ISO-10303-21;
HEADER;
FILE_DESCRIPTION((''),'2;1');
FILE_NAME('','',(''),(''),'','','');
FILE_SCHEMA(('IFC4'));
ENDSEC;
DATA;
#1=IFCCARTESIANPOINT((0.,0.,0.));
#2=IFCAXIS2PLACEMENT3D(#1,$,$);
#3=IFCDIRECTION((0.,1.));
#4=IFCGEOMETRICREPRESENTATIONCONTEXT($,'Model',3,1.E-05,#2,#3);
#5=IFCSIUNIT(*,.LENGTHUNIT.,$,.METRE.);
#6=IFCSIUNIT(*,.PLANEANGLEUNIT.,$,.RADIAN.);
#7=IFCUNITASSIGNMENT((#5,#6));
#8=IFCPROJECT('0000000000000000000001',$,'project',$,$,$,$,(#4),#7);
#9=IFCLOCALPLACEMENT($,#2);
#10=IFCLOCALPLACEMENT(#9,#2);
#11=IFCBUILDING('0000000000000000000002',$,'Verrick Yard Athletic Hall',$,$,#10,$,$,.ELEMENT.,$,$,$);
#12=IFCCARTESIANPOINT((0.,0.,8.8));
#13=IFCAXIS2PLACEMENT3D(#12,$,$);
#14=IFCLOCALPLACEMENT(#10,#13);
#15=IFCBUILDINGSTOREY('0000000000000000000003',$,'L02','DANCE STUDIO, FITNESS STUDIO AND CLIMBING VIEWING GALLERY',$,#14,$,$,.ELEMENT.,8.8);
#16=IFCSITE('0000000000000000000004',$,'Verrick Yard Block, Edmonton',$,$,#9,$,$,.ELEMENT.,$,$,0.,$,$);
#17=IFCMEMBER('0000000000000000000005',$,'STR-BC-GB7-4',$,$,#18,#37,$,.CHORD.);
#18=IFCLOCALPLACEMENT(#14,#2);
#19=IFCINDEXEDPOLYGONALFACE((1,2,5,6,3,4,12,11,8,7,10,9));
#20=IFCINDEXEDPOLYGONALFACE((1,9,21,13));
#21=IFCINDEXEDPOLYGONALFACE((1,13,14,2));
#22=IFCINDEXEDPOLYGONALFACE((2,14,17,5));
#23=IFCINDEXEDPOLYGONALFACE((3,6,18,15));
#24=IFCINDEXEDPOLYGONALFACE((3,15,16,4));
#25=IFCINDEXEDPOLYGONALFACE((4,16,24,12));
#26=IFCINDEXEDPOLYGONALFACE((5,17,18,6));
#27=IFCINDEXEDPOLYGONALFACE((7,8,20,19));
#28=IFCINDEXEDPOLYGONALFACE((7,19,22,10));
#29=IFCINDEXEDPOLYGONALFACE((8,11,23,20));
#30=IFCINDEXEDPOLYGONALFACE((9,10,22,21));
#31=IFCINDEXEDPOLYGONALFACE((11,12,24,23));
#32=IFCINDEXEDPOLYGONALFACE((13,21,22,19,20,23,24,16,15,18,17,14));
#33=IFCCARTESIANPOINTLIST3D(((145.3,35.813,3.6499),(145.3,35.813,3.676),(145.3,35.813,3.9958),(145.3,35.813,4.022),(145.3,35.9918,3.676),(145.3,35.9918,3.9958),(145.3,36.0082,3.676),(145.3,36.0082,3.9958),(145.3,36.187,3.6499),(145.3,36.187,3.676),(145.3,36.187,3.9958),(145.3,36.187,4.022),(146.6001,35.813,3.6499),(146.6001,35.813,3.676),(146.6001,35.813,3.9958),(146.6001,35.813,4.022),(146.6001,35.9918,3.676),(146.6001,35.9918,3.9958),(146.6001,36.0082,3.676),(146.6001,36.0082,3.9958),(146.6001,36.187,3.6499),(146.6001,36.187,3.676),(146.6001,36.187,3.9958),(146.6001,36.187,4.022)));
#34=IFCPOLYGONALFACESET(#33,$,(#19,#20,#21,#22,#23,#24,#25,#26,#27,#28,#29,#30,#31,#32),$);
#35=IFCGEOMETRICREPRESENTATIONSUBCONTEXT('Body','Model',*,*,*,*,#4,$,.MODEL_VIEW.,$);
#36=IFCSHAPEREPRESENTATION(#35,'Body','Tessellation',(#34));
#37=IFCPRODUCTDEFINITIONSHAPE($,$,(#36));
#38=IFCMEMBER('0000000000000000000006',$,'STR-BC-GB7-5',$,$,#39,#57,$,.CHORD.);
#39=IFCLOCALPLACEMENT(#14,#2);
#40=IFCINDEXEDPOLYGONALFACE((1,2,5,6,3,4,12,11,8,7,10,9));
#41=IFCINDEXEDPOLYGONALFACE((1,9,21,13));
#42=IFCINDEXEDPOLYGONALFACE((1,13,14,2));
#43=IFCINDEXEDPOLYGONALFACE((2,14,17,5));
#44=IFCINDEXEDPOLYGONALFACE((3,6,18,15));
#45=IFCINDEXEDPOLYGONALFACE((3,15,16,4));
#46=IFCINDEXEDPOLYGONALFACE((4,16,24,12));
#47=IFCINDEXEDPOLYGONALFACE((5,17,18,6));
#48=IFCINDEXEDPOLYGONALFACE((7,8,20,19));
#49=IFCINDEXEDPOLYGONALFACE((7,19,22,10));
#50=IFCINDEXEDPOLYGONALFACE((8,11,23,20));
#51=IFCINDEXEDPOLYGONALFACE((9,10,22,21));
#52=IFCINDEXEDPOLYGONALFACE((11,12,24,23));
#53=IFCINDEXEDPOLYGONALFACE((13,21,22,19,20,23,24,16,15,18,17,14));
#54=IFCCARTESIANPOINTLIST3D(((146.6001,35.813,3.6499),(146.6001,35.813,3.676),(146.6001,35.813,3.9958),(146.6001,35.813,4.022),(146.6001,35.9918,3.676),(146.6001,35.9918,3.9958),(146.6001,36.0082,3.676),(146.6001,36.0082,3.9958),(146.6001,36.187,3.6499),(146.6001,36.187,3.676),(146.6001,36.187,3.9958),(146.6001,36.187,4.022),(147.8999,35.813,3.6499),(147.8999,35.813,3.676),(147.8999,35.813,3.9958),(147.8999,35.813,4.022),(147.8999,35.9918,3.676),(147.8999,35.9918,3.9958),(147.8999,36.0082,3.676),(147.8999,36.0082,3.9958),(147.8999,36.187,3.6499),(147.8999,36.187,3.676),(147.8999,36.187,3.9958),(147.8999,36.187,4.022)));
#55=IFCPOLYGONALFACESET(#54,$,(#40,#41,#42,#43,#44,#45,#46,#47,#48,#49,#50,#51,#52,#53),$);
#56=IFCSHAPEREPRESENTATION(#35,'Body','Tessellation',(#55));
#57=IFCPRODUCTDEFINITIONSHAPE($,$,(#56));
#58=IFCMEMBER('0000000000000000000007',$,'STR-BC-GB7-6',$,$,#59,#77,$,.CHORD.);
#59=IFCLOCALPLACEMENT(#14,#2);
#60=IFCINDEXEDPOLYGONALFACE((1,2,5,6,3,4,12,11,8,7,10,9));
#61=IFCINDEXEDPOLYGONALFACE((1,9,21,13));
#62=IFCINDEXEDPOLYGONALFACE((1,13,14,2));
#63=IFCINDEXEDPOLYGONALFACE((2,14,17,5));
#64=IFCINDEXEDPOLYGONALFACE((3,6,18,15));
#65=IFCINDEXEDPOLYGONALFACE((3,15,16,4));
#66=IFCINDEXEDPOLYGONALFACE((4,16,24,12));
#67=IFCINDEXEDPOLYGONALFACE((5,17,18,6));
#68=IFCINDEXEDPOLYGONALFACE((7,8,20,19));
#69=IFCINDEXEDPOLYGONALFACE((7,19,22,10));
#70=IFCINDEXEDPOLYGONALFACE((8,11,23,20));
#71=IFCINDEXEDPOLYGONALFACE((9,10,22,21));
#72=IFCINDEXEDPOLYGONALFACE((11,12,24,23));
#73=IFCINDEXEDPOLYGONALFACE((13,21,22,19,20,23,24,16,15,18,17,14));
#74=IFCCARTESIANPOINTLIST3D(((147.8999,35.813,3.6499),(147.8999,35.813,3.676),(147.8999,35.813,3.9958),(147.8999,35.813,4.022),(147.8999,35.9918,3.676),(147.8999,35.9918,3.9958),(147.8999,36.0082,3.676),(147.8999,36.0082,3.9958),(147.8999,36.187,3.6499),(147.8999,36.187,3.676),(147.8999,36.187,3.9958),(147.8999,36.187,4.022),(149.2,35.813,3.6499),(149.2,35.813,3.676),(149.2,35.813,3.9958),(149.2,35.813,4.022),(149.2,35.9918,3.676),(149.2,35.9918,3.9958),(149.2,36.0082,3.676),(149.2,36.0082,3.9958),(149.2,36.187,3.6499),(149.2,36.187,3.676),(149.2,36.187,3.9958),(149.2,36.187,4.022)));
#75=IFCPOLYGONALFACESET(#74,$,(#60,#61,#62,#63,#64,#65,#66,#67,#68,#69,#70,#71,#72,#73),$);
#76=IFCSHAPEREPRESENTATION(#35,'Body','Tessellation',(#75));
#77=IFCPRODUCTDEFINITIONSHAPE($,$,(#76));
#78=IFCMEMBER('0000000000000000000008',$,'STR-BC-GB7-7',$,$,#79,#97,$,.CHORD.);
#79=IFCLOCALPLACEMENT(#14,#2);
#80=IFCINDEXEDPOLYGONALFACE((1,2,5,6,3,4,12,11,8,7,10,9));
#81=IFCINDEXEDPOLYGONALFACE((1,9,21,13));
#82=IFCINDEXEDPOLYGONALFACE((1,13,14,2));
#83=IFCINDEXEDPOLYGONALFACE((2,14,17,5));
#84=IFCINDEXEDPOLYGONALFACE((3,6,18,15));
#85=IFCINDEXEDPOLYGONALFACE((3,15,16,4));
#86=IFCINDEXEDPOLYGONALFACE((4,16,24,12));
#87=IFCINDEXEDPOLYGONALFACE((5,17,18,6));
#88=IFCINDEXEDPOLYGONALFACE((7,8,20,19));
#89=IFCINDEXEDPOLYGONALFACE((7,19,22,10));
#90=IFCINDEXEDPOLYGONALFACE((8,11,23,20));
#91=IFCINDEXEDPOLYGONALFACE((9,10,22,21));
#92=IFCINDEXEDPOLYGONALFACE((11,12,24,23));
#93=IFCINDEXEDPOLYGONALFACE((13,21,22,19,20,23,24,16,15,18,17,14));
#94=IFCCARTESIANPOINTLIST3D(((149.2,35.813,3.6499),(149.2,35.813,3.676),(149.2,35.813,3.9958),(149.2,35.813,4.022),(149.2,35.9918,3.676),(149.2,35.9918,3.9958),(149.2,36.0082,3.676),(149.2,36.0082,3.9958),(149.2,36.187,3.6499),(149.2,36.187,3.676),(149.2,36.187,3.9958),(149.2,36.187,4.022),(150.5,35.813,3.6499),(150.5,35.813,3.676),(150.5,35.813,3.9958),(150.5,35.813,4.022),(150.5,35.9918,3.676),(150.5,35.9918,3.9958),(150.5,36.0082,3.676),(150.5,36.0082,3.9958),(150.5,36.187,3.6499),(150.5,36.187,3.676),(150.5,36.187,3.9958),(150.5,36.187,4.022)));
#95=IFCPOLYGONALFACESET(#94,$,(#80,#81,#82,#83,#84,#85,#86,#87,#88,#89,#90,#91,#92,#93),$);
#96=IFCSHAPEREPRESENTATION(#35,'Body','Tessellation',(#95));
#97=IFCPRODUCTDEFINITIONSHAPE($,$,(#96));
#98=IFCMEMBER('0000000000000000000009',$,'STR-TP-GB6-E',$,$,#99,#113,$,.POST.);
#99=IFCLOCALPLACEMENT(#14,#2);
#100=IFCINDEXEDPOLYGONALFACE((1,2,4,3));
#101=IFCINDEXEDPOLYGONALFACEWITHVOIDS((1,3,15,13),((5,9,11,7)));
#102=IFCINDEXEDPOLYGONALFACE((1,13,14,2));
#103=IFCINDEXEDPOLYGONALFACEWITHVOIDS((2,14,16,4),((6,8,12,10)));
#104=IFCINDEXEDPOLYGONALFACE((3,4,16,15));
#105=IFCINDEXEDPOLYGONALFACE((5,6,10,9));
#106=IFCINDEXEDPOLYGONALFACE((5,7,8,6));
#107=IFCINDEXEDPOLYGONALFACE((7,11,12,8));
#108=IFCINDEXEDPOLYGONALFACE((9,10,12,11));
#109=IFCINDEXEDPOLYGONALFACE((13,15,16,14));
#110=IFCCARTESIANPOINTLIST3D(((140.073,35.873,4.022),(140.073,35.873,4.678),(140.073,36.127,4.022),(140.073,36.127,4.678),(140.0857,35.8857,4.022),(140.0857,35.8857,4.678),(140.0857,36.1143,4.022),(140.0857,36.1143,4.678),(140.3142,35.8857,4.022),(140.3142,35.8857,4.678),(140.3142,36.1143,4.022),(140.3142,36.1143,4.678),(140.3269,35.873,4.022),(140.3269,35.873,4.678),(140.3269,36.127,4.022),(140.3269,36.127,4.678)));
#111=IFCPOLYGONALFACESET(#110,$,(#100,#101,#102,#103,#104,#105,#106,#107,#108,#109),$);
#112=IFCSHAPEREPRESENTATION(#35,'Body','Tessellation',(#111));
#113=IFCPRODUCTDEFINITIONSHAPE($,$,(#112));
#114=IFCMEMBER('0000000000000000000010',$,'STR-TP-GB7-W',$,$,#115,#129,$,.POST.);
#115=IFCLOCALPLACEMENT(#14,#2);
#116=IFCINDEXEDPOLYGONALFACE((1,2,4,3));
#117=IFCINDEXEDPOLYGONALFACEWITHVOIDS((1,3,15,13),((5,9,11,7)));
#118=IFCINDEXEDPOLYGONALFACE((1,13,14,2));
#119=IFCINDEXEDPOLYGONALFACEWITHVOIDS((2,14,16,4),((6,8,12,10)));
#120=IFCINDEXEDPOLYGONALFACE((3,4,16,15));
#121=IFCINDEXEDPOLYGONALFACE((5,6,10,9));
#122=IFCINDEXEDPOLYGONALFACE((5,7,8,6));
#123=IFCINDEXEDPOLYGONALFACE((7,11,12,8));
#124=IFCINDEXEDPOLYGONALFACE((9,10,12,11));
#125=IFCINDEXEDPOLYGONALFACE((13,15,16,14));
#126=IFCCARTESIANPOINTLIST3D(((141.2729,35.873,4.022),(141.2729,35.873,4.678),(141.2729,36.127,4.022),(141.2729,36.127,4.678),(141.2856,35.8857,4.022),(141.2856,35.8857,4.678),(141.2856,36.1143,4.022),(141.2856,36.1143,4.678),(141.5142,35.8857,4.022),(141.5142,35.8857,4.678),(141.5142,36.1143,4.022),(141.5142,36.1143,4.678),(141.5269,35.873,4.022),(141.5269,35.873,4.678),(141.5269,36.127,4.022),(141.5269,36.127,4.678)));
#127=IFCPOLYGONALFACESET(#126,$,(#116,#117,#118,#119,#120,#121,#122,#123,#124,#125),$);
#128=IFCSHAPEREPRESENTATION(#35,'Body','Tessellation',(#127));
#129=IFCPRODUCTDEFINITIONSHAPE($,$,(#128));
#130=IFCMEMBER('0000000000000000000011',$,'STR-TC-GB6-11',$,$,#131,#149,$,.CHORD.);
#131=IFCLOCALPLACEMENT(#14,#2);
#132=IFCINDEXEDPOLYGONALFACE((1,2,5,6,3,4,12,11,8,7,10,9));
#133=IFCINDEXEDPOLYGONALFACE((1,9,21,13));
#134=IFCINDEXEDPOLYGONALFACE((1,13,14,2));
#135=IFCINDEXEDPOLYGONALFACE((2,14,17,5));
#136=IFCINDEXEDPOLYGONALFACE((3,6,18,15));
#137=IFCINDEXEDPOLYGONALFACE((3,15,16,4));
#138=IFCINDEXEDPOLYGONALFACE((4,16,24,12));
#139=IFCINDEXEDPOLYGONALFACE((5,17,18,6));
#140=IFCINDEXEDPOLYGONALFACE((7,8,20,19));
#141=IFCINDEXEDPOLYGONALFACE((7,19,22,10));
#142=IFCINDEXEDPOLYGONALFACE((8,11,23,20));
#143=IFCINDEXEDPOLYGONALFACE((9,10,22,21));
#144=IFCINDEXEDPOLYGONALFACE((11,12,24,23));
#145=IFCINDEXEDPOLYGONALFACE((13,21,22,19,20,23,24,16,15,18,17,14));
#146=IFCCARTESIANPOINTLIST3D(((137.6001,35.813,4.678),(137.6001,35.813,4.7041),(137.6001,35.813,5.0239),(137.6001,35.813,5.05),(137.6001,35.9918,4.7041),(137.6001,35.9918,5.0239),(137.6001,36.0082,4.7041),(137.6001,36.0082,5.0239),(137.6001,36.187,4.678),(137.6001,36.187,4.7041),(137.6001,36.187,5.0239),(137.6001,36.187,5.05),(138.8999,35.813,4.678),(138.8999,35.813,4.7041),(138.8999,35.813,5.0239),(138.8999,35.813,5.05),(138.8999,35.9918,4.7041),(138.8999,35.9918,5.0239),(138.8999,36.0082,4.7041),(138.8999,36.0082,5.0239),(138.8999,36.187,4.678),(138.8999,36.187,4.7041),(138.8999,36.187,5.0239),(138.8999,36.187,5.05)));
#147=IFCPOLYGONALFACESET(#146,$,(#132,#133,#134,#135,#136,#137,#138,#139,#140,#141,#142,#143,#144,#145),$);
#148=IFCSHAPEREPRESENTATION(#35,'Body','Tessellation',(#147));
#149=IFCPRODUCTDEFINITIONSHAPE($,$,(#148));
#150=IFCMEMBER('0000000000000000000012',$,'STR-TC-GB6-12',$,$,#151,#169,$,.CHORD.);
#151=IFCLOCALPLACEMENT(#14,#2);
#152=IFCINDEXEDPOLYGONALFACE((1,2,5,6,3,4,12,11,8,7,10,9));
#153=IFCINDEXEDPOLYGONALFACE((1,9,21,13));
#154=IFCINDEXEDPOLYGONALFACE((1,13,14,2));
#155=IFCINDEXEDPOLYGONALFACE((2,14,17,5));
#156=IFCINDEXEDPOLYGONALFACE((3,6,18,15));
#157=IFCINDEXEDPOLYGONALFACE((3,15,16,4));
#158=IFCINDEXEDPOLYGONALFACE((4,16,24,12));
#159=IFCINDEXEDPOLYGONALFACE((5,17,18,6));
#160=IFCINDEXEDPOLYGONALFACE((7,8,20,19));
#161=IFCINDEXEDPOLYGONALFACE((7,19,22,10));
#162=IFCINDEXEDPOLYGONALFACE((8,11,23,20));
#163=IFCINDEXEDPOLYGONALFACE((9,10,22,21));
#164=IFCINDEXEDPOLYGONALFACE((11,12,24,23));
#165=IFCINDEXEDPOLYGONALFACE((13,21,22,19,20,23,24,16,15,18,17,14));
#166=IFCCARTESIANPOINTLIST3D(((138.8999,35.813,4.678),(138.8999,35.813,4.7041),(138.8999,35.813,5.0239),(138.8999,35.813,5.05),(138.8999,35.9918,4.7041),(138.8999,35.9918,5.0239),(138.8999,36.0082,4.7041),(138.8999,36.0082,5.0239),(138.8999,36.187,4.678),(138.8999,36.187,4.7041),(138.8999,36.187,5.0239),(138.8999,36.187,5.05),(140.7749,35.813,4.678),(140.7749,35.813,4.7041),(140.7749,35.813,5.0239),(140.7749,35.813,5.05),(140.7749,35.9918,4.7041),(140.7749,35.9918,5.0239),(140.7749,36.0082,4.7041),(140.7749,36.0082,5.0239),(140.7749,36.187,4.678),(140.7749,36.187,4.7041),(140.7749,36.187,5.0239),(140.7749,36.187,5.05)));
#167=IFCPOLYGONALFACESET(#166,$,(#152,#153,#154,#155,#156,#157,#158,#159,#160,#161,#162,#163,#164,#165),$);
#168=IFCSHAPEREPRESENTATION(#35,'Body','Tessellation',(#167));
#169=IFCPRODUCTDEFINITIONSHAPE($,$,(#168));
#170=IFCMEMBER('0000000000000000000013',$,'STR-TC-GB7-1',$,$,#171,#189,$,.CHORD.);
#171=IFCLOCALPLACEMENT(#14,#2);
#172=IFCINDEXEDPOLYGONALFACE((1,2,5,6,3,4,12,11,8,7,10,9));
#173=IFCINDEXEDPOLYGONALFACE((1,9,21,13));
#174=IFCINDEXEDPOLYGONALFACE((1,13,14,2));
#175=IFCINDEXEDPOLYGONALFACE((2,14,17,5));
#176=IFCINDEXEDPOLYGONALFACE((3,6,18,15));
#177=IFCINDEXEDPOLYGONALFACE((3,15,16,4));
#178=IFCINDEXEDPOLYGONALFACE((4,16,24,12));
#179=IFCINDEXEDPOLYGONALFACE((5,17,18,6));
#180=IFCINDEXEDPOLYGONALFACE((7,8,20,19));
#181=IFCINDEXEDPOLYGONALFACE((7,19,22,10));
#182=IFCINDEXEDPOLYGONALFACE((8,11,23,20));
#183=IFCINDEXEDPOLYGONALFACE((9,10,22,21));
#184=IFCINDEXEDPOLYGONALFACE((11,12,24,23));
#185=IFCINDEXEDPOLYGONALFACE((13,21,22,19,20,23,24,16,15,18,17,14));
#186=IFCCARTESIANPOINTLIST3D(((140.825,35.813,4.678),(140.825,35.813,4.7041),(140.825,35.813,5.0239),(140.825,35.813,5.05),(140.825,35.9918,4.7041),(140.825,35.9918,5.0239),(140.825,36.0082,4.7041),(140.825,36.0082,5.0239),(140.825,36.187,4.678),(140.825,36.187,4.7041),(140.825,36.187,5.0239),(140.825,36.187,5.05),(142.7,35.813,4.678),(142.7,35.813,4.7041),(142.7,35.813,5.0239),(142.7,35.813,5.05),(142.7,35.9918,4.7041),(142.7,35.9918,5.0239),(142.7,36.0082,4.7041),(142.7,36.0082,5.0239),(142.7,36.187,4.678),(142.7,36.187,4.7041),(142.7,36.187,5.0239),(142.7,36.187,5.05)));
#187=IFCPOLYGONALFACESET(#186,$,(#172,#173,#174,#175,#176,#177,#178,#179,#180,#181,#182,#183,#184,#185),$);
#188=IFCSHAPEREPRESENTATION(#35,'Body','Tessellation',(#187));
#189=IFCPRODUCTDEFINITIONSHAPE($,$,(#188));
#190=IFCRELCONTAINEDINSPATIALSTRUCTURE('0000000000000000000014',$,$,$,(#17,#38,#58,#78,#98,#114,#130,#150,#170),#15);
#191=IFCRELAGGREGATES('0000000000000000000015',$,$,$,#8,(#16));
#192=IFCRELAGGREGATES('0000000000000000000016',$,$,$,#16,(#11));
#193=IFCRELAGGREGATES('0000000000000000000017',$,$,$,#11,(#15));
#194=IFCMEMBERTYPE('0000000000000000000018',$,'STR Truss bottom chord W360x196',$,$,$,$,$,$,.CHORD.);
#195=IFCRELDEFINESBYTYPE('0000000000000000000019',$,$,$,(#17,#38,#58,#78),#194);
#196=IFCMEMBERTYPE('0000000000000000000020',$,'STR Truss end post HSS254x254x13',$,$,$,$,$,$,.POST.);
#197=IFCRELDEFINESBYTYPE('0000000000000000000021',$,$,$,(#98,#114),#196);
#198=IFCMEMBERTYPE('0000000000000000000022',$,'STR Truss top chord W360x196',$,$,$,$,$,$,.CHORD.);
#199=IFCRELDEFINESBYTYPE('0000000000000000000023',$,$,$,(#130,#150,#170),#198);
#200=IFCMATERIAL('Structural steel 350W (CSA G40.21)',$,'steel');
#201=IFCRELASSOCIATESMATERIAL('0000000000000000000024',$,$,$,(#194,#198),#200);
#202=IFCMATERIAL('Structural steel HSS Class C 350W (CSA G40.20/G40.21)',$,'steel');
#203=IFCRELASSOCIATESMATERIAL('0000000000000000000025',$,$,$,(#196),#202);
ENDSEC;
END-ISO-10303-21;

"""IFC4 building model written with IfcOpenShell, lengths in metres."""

from ifc_helpers import new_model, si_unit, direction, frame, origin, origin_2d, place, context, subcontext, project, spatial, hollow_rectangle, i_section, extrude, material, material_profile, profile_set, type_object, element, save


model = new_model("IFC4")

# Units and contexts
model_context = context("Model", 3, precision=1e-05, world=origin(), true_north=direction((0.0, 1.0)))
body_context = subcontext(model_context, "Body", "Model", "MODEL_VIEW")
ifc_project = project(units=[si_unit("LENGTHUNIT", "METRE"), si_unit("PLANEANGLEUNIT", "RADIAN")], contexts=[model_context])

# Site, building, storey
site_placement = place(None, origin())
site = spatial("IfcSite", under=ifc_project, at=site_placement, Name="Verrick Yard Block, Edmonton", CompositionType="ELEMENT", RefElevation=0.0)
building_placement = place(site_placement, origin())
building = spatial("IfcBuilding", under=site, at=building_placement, Name="Verrick Yard Athletic Hall", CompositionType="ELEMENT")
storey_placement = place(building_placement, frame((0.0, 0.0, 8.8)))
storey = spatial("IfcBuildingStorey", under=building, at=storey_placement, Name="L02", Description="DANCE STUDIO, FITNESS STUDIO AND CLIMBING VIEWING GALLERY", CompositionType="ELEMENT", Elevation=8.8)

# Shared definitions
ifc_material_1 = material(Name="Structural steel 350W (CSA G40.21)", Category="steel")

# Members
ifc_material_profile_1 = material_profile(ifc_material_1, i_section(OverallWidth=0.374, OverallDepth=0.3721, WebThickness=0.0164, FlangeThickness=0.0261, at=origin_2d()), Name="W360x196")
ifc_profile_set_1 = profile_set([ifc_material_profile_1], Name="Structural steel 350W (CSA G40.21)")
member_type_1 = type_object("IfcMemberType", Name="STR Truss bottom chord W360x196", PredefinedType="CHORD", material=ifc_profile_set_1)
for number, where, z_axis, x_axis, name in (
    (1, (145.3, 36.0, 3.8359), (1.0, 0.0, 0.0), (0.0, 1.0, 0.0), "STR-BC-GB7-4"),
):
    element("IfcMember", number, at=place(storey_placement, frame(where, z_axis=z_axis, x_axis=x_axis)), inside=storey, type_object=member_type_1, Name=name, PredefinedType="CHORD", context=body_context, shape_type="SweptSolid", body=[
        extrude(i_section(OverallWidth=0.374, OverallDepth=0.3721, WebThickness=0.0164, FlangeThickness=0.0261, at=origin_2d()), origin(), (0.0, 0.0, 1.0), 1.3),
    ])
member_1_placement = place(storey_placement, frame((146.6001, 36.0, 3.8359), z_axis=(1.0, 0.0, 0.0), x_axis=(0.0, 1.0, 0.0)))
element("IfcMember", 2, at=member_1_placement, inside=storey, type_object=member_type_1, Name="STR-BC-GB7-5", PredefinedType="CHORD", context=body_context, shape_type="SweptSolid", body=[
    extrude(i_section(OverallWidth=0.374, OverallDepth=0.3721, WebThickness=0.0164, FlangeThickness=0.0261, at=origin_2d()), origin(), (0.0, 0.0, 1.0), 1.2998),
])
for number, where, z_axis, x_axis, name in (
    (3, (147.8999, 36.0, 3.8359), (1.0, 0.0, 0.0), (0.0, 1.0, 0.0), "STR-BC-GB7-6"),
    (4, (149.2, 36.0, 3.8359), (1.0, 0.0, 0.0), (0.0, 1.0, 0.0), "STR-BC-GB7-7"),
):
    element("IfcMember", number, at=place(storey_placement, frame(where, z_axis=z_axis, x_axis=x_axis)), inside=storey, type_object=member_type_1, Name=name, PredefinedType="CHORD", context=body_context, shape_type="SweptSolid", body=[
        extrude(i_section(OverallWidth=0.374, OverallDepth=0.3721, WebThickness=0.0164, FlangeThickness=0.0261, at=origin_2d()), origin(), (0.0, 0.0, 1.0), 1.3),
    ])
ifc_material_2 = material(Name="Structural steel HSS Class C 350W (CSA G40.20/G40.21)", Category="steel")
ifc_material_profile_2 = material_profile(ifc_material_2, hollow_rectangle(XDim=0.2539, YDim=0.2539, WallThickness=0.0127, at=origin_2d()), Name="HSS254x254x13")
ifc_profile_set_2 = profile_set([ifc_material_profile_2], Name="Structural steel HSS Class C 350W (CSA G40.20/G40.21)")
member_type_2 = type_object("IfcMemberType", Name="STR Truss end post HSS254x254x13", PredefinedType="POST", material=ifc_profile_set_2)
for number, where, z_axis, x_axis, name in (
    (5, (140.2, 36.0, 4.022), (0.0, 0.0, 1.0), (1.0, 0.0, 0.0), "STR-TP-GB6-E"),
    (6, (141.3999, 36.0, 4.022), (0.0, 0.0, 1.0), (1.0, 0.0, 0.0), "STR-TP-GB7-W"),
):
    element("IfcMember", number, at=place(storey_placement, frame(where, z_axis=z_axis, x_axis=x_axis)), inside=storey, type_object=member_type_2, Name=name, PredefinedType="POST", context=body_context, shape_type="SweptSolid", body=[
        extrude(hollow_rectangle(XDim=0.2539, YDim=0.2539, WallThickness=0.0127, at=origin_2d()), origin(), (0.0, 0.0, 1.0), 0.656),
    ])
ifc_material_profile_3 = material_profile(ifc_material_1, i_section(OverallWidth=0.374, OverallDepth=0.3721, WebThickness=0.0164, FlangeThickness=0.0261, at=origin_2d()), Name="W360x196")
ifc_profile_set_3 = profile_set([ifc_material_profile_3], Name="Structural steel 350W (CSA G40.21)")
member_type_3 = type_object("IfcMemberType", Name="STR Truss top chord W360x196", PredefinedType="CHORD", material=ifc_profile_set_3)
member_2_placement = place(storey_placement, frame((137.6001, 36.0, 4.864), z_axis=(1.0, 0.0, 0.0), x_axis=(0.0, 1.0, 0.0)))
element("IfcMember", 7, at=member_2_placement, inside=storey, type_object=member_type_3, Name="STR-TC-GB6-11", PredefinedType="CHORD", context=body_context, shape_type="SweptSolid", body=[
    extrude(i_section(OverallWidth=0.374, OverallDepth=0.3721, WebThickness=0.0164, FlangeThickness=0.0261, at=origin_2d()), origin(), (0.0, 0.0, 1.0), 1.2998),
])
for number, where, z_axis, x_axis, name in (
    (8, (138.8999, 36.0, 4.864), (1.0, 0.0, 0.0), (0.0, 1.0, 0.0), "STR-TC-GB6-12"),
    (9, (140.825, 36.0, 4.864), (1.0, 0.0, 0.0), (0.0, 1.0, 0.0), "STR-TC-GB7-1"),
):
    element("IfcMember", number, at=place(storey_placement, frame(where, z_axis=z_axis, x_axis=x_axis)), inside=storey, type_object=member_type_3, Name=name, PredefinedType="CHORD", context=body_context, shape_type="SweptSolid", body=[
        extrude(i_section(OverallWidth=0.374, OverallDepth=0.3721, WebThickness=0.0164, FlangeThickness=0.0261, at=origin_2d()), origin(), (0.0, 0.0, 1.0), 1.875),
    ])

save(model, "model.ifc")
